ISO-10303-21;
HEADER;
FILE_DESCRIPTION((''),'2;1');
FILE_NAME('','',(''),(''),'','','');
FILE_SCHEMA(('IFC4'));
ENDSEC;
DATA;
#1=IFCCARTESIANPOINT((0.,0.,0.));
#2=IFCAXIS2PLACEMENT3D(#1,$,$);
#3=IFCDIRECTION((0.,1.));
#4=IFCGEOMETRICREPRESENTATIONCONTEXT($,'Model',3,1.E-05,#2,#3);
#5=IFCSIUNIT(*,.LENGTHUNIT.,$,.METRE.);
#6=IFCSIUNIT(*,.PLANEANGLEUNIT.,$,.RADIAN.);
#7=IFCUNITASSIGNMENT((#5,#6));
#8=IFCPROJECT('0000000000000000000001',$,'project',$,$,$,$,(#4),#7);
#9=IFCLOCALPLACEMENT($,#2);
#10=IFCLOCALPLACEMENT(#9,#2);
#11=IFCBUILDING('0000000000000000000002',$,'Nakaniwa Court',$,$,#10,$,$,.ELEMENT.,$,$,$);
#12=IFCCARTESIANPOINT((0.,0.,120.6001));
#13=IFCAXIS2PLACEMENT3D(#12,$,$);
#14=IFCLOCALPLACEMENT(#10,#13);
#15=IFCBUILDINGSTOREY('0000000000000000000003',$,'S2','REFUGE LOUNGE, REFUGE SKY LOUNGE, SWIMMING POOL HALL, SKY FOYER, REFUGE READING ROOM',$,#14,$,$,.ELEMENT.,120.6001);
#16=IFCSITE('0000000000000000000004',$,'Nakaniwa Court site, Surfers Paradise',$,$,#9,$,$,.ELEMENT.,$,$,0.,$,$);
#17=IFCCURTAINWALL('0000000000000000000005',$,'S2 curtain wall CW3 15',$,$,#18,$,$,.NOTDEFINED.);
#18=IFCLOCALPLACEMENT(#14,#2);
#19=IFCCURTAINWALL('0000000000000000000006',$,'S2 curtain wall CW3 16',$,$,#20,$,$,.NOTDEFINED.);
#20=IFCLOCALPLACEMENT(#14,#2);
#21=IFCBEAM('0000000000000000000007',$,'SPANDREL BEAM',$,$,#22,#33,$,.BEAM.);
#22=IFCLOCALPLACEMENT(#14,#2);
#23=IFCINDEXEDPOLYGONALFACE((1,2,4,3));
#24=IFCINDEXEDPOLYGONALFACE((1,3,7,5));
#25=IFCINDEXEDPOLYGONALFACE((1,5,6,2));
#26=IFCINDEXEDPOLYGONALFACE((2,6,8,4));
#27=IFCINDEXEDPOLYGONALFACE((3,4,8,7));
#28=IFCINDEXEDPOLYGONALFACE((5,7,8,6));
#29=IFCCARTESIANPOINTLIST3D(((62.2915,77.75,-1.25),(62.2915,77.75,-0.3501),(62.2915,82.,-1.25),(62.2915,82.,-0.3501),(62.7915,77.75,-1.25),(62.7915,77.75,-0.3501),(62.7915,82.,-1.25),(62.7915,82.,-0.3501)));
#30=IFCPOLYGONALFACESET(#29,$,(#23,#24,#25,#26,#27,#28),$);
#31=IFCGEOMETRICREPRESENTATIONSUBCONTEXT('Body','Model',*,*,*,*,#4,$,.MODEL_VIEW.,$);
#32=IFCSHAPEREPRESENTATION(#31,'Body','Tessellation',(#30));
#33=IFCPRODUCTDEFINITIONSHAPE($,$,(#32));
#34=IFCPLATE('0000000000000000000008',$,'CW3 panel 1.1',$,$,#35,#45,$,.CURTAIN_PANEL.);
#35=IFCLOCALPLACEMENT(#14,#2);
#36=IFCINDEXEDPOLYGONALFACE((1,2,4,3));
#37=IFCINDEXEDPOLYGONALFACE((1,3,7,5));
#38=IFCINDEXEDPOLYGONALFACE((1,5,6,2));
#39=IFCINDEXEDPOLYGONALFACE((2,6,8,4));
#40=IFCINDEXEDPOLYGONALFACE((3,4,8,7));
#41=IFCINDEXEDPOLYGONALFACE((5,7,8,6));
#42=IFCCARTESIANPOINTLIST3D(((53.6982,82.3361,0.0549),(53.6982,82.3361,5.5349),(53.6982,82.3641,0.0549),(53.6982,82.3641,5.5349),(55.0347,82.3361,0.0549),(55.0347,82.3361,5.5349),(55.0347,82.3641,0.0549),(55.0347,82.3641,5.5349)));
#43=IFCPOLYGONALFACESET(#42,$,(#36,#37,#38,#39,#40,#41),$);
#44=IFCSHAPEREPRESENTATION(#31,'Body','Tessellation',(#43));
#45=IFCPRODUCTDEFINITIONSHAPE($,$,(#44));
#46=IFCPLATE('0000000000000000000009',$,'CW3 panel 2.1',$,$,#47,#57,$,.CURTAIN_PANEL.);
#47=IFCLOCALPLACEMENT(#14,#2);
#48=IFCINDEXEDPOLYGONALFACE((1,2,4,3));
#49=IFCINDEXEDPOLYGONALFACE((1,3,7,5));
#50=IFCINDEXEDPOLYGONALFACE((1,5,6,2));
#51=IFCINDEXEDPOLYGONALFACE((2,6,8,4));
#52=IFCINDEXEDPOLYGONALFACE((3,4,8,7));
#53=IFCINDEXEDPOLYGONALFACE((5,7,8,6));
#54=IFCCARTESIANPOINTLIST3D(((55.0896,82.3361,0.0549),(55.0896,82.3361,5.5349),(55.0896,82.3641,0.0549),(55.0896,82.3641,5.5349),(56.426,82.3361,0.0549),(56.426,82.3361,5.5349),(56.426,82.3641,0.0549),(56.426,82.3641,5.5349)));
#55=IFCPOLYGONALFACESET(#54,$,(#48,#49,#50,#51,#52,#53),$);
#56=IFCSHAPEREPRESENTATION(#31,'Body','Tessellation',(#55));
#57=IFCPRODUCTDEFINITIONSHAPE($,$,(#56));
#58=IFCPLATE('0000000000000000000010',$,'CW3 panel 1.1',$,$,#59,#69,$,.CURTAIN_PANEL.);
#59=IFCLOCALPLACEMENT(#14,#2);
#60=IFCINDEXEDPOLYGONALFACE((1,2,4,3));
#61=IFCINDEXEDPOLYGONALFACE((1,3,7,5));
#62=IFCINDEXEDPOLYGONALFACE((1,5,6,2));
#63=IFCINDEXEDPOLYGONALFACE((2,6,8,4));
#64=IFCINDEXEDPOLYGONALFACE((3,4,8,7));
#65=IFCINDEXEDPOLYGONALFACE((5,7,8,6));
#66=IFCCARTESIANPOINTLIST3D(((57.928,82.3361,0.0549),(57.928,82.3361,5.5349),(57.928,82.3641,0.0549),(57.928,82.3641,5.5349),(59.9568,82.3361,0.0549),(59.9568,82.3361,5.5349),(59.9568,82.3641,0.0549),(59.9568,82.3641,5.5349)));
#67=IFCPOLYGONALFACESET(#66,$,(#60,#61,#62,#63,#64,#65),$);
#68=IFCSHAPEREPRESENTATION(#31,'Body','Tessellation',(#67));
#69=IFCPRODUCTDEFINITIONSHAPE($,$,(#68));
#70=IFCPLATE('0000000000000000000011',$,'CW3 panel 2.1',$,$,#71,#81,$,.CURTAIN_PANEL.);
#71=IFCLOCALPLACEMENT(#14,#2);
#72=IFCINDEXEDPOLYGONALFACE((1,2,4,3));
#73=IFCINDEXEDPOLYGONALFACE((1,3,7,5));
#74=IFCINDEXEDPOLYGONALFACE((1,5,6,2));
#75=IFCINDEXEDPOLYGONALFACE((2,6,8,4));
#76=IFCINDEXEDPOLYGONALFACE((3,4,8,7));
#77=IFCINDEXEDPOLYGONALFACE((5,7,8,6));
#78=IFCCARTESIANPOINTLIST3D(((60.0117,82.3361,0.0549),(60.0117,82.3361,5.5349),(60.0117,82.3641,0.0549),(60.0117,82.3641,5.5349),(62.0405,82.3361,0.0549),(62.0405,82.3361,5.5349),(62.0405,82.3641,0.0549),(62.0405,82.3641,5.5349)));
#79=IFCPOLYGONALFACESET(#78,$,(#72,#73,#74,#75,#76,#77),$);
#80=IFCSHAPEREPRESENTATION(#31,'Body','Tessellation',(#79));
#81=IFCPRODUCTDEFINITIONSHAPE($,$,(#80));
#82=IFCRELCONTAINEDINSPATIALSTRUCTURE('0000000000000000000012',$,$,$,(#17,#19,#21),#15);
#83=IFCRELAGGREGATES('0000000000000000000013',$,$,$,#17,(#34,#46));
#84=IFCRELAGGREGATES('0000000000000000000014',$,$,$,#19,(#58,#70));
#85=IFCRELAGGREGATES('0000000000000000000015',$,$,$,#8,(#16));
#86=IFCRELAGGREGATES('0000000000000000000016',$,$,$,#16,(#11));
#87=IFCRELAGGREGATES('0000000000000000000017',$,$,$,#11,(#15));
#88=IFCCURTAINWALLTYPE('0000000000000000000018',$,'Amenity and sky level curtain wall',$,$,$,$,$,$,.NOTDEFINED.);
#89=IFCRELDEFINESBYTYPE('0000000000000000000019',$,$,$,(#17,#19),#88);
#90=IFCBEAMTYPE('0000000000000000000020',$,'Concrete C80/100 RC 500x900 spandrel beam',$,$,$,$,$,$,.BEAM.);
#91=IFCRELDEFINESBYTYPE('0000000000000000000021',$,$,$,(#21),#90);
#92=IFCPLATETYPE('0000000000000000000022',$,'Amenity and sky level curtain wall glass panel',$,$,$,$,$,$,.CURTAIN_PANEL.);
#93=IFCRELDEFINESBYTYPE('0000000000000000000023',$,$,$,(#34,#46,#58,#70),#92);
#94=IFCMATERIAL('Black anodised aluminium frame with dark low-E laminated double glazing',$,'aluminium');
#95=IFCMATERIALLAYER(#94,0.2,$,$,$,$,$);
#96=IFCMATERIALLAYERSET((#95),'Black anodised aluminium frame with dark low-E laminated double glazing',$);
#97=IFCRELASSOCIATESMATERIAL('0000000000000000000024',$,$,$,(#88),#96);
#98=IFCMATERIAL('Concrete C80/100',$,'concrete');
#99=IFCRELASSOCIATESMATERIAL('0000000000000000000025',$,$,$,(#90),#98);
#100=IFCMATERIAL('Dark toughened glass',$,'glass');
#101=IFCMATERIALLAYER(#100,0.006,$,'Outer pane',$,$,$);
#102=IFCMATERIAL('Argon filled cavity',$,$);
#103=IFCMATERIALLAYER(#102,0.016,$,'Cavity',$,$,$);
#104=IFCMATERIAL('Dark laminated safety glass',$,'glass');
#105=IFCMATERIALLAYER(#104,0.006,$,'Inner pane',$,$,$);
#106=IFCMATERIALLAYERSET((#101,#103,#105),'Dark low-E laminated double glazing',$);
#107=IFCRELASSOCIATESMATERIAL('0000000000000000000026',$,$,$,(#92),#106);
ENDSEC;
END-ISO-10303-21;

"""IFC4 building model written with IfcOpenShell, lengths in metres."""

from ifc_helpers import new_model, si_unit, direction, frame, origin, origin_2d, place, context, subcontext, project, spatial, rectangle, extrude, material, layer, layer_set, material_profile, profile_set, type_object, element, aggregate, save


model = new_model("IFC4")

# Units and contexts
model_context = context("Model", 3, precision=1e-05, world=origin(), true_north=direction((0.0, 1.0)))
body_context = subcontext(model_context, "Body", "Model", "MODEL_VIEW")
ifc_project = project(units=[si_unit("LENGTHUNIT", "METRE"), si_unit("PLANEANGLEUNIT", "RADIAN")], contexts=[model_context])

# Site, building, storey
site_placement = place(None, origin())
site = spatial("IfcSite", under=ifc_project, at=site_placement, Name="Nakaniwa Court site, Surfers Paradise", CompositionType="ELEMENT", RefElevation=0.0)
building_placement = place(site_placement, origin())
building = spatial("IfcBuilding", under=site, at=building_placement, Name="Nakaniwa Court", CompositionType="ELEMENT")
storey_placement = place(building_placement, frame((0.0, 0.0, 120.6001)))
storey = spatial("IfcBuildingStorey", under=building, at=storey_placement, Name="S2", Description="REFUGE LOUNGE, REFUGE SKY LOUNGE, SWIMMING POOL HALL, SKY FOYER, REFUGE READING ROOM", CompositionType="ELEMENT", Elevation=120.6001)

# Curtain walls
ifc_material_1 = material(Name="Black anodised aluminium frame with dark low-E laminated double glazing", Category="aluminium")
ifc_layer_1 = layer(ifc_material_1, 0.2)
ifc_layer_set_1 = layer_set([ifc_layer_1], Name="Black anodised aluminium frame with dark low-E laminated double glazing")
curtain_wall_type = type_object("IfcCurtainWallType", Name="Amenity and sky level curtain wall", PredefinedType="NOTDEFINED", material=ifc_layer_set_1)
curtain_wall_1_placement = place(storey_placement, origin())
curtain_wall_1 = element("IfcCurtainWall", 1, at=curtain_wall_1_placement, inside=storey, type_object=curtain_wall_type, Name="S2 curtain wall CW3 15", PredefinedType="NOTDEFINED")
curtain_wall_2_placement = place(storey_placement, origin())
curtain_wall_2 = element("IfcCurtainWall", 2, at=curtain_wall_2_placement, inside=storey, type_object=curtain_wall_type, Name="S2 curtain wall CW3 16", PredefinedType="NOTDEFINED")

# Beam
ifc_material_2 = material(Name="Concrete C80/100", Category="concrete")
ifc_material_profile_1 = material_profile(ifc_material_2, rectangle(XDim=0.5, YDim=0.8999, at=origin_2d()), Name="Concrete C80/100 RC 500x900 spandrel beam")
ifc_profile_set_1 = profile_set([ifc_material_profile_1], Name="Concrete C80/100")
beam_type = type_object("IfcBeamType", Name="Concrete C80/100 RC 500x900 spandrel beam", PredefinedType="BEAM", material=ifc_profile_set_1)
beam_placement = place(storey_placement, frame((62.5415, 82.0, -0.8), z_axis=(0.0, -1.0, 0.0), x_axis=(1.0, 0.0, 0.0)))
element("IfcBeam", 3, at=beam_placement, inside=storey, type_object=beam_type, Name="SPANDREL BEAM", PredefinedType="BEAM", context=body_context, shape_type="SweptSolid", body=[
    extrude(rectangle(XDim=0.5, YDim=0.8999, at=origin_2d()), origin(), (0.0, 0.0, 1.0), 4.25),
])

# Plates
ifc_material_3 = material(Name="Dark toughened glass", Category="glass")
ifc_layer_2 = layer(ifc_material_3, 0.006, Name="Outer pane")
ifc_material_4 = material(Name="Argon filled cavity")
ifc_layer_3 = layer(ifc_material_4, 0.016, Name="Cavity")
ifc_material_5 = material(Name="Dark laminated safety glass", Category="glass")
ifc_layer_4 = layer(ifc_material_5, 0.006, Name="Inner pane")
ifc_layer_set_2 = layer_set([ifc_layer_2, ifc_layer_3, ifc_layer_4], Name="Dark low-E laminated double glazing")
plate_type = type_object("IfcPlateType", Name="Amenity and sky level curtain wall glass panel", PredefinedType="CURTAIN_PANEL", material=ifc_layer_set_2)
plate_1_placement = place(storey_placement, frame((54.3665, 82.3501, 0.0549), z_axis=(0.0, 0.0, 1.0), x_axis=(1.0, 0.0, 0.0)))
plate_1 = element("IfcPlate", 4, at=plate_1_placement, type_object=plate_type, Name="CW3 panel 1.1", PredefinedType="CURTAIN_PANEL", context=body_context, shape_type="SweptSolid", body=[
    extrude(rectangle(XDim=1.3364, YDim=0.0281, at=origin_2d()), origin(), (0.0, 0.0, 1.0), 5.48),
])
plate_2_placement = place(storey_placement, frame((55.7578, 82.3501, 0.0549), z_axis=(0.0, 0.0, 1.0), x_axis=(1.0, 0.0, 0.0)))
plate_2 = element("IfcPlate", 5, at=plate_2_placement, type_object=plate_type, Name="CW3 panel 2.1", PredefinedType="CURTAIN_PANEL", context=body_context, shape_type="SweptSolid", body=[
    extrude(rectangle(XDim=1.3364, YDim=0.0281, at=origin_2d()), origin(), (0.0, 0.0, 1.0), 5.48),
])
aggregate(curtain_wall_1, [plate_1, plate_2])
plate_3_placement = place(storey_placement, frame((58.9424, 82.3501, 0.0549), z_axis=(0.0, 0.0, 1.0), x_axis=(1.0, 0.0, 0.0)))
plate_3 = element("IfcPlate", 6, at=plate_3_placement, type_object=plate_type, Name="CW3 panel 1.1", PredefinedType="CURTAIN_PANEL", context=body_context, shape_type="SweptSolid", body=[
    extrude(rectangle(XDim=2.0288, YDim=0.0281, at=origin_2d()), origin(), (0.0, 0.0, 1.0), 5.48),
])
plate_4_placement = place(storey_placement, frame((61.0261, 82.3501, 0.0549), z_axis=(0.0, 0.0, 1.0), x_axis=(1.0, 0.0, 0.0)))
plate_4 = element("IfcPlate", 7, at=plate_4_placement, type_object=plate_type, Name="CW3 panel 2.1", PredefinedType="CURTAIN_PANEL", context=body_context, shape_type="SweptSolid", body=[
    extrude(rectangle(XDim=2.0288, YDim=0.0281, at=origin_2d()), origin(), (0.0, 0.0, 1.0), 5.48),
])
aggregate(curtain_wall_2, [plate_3, plate_4])

save(model, "model.ifc")
